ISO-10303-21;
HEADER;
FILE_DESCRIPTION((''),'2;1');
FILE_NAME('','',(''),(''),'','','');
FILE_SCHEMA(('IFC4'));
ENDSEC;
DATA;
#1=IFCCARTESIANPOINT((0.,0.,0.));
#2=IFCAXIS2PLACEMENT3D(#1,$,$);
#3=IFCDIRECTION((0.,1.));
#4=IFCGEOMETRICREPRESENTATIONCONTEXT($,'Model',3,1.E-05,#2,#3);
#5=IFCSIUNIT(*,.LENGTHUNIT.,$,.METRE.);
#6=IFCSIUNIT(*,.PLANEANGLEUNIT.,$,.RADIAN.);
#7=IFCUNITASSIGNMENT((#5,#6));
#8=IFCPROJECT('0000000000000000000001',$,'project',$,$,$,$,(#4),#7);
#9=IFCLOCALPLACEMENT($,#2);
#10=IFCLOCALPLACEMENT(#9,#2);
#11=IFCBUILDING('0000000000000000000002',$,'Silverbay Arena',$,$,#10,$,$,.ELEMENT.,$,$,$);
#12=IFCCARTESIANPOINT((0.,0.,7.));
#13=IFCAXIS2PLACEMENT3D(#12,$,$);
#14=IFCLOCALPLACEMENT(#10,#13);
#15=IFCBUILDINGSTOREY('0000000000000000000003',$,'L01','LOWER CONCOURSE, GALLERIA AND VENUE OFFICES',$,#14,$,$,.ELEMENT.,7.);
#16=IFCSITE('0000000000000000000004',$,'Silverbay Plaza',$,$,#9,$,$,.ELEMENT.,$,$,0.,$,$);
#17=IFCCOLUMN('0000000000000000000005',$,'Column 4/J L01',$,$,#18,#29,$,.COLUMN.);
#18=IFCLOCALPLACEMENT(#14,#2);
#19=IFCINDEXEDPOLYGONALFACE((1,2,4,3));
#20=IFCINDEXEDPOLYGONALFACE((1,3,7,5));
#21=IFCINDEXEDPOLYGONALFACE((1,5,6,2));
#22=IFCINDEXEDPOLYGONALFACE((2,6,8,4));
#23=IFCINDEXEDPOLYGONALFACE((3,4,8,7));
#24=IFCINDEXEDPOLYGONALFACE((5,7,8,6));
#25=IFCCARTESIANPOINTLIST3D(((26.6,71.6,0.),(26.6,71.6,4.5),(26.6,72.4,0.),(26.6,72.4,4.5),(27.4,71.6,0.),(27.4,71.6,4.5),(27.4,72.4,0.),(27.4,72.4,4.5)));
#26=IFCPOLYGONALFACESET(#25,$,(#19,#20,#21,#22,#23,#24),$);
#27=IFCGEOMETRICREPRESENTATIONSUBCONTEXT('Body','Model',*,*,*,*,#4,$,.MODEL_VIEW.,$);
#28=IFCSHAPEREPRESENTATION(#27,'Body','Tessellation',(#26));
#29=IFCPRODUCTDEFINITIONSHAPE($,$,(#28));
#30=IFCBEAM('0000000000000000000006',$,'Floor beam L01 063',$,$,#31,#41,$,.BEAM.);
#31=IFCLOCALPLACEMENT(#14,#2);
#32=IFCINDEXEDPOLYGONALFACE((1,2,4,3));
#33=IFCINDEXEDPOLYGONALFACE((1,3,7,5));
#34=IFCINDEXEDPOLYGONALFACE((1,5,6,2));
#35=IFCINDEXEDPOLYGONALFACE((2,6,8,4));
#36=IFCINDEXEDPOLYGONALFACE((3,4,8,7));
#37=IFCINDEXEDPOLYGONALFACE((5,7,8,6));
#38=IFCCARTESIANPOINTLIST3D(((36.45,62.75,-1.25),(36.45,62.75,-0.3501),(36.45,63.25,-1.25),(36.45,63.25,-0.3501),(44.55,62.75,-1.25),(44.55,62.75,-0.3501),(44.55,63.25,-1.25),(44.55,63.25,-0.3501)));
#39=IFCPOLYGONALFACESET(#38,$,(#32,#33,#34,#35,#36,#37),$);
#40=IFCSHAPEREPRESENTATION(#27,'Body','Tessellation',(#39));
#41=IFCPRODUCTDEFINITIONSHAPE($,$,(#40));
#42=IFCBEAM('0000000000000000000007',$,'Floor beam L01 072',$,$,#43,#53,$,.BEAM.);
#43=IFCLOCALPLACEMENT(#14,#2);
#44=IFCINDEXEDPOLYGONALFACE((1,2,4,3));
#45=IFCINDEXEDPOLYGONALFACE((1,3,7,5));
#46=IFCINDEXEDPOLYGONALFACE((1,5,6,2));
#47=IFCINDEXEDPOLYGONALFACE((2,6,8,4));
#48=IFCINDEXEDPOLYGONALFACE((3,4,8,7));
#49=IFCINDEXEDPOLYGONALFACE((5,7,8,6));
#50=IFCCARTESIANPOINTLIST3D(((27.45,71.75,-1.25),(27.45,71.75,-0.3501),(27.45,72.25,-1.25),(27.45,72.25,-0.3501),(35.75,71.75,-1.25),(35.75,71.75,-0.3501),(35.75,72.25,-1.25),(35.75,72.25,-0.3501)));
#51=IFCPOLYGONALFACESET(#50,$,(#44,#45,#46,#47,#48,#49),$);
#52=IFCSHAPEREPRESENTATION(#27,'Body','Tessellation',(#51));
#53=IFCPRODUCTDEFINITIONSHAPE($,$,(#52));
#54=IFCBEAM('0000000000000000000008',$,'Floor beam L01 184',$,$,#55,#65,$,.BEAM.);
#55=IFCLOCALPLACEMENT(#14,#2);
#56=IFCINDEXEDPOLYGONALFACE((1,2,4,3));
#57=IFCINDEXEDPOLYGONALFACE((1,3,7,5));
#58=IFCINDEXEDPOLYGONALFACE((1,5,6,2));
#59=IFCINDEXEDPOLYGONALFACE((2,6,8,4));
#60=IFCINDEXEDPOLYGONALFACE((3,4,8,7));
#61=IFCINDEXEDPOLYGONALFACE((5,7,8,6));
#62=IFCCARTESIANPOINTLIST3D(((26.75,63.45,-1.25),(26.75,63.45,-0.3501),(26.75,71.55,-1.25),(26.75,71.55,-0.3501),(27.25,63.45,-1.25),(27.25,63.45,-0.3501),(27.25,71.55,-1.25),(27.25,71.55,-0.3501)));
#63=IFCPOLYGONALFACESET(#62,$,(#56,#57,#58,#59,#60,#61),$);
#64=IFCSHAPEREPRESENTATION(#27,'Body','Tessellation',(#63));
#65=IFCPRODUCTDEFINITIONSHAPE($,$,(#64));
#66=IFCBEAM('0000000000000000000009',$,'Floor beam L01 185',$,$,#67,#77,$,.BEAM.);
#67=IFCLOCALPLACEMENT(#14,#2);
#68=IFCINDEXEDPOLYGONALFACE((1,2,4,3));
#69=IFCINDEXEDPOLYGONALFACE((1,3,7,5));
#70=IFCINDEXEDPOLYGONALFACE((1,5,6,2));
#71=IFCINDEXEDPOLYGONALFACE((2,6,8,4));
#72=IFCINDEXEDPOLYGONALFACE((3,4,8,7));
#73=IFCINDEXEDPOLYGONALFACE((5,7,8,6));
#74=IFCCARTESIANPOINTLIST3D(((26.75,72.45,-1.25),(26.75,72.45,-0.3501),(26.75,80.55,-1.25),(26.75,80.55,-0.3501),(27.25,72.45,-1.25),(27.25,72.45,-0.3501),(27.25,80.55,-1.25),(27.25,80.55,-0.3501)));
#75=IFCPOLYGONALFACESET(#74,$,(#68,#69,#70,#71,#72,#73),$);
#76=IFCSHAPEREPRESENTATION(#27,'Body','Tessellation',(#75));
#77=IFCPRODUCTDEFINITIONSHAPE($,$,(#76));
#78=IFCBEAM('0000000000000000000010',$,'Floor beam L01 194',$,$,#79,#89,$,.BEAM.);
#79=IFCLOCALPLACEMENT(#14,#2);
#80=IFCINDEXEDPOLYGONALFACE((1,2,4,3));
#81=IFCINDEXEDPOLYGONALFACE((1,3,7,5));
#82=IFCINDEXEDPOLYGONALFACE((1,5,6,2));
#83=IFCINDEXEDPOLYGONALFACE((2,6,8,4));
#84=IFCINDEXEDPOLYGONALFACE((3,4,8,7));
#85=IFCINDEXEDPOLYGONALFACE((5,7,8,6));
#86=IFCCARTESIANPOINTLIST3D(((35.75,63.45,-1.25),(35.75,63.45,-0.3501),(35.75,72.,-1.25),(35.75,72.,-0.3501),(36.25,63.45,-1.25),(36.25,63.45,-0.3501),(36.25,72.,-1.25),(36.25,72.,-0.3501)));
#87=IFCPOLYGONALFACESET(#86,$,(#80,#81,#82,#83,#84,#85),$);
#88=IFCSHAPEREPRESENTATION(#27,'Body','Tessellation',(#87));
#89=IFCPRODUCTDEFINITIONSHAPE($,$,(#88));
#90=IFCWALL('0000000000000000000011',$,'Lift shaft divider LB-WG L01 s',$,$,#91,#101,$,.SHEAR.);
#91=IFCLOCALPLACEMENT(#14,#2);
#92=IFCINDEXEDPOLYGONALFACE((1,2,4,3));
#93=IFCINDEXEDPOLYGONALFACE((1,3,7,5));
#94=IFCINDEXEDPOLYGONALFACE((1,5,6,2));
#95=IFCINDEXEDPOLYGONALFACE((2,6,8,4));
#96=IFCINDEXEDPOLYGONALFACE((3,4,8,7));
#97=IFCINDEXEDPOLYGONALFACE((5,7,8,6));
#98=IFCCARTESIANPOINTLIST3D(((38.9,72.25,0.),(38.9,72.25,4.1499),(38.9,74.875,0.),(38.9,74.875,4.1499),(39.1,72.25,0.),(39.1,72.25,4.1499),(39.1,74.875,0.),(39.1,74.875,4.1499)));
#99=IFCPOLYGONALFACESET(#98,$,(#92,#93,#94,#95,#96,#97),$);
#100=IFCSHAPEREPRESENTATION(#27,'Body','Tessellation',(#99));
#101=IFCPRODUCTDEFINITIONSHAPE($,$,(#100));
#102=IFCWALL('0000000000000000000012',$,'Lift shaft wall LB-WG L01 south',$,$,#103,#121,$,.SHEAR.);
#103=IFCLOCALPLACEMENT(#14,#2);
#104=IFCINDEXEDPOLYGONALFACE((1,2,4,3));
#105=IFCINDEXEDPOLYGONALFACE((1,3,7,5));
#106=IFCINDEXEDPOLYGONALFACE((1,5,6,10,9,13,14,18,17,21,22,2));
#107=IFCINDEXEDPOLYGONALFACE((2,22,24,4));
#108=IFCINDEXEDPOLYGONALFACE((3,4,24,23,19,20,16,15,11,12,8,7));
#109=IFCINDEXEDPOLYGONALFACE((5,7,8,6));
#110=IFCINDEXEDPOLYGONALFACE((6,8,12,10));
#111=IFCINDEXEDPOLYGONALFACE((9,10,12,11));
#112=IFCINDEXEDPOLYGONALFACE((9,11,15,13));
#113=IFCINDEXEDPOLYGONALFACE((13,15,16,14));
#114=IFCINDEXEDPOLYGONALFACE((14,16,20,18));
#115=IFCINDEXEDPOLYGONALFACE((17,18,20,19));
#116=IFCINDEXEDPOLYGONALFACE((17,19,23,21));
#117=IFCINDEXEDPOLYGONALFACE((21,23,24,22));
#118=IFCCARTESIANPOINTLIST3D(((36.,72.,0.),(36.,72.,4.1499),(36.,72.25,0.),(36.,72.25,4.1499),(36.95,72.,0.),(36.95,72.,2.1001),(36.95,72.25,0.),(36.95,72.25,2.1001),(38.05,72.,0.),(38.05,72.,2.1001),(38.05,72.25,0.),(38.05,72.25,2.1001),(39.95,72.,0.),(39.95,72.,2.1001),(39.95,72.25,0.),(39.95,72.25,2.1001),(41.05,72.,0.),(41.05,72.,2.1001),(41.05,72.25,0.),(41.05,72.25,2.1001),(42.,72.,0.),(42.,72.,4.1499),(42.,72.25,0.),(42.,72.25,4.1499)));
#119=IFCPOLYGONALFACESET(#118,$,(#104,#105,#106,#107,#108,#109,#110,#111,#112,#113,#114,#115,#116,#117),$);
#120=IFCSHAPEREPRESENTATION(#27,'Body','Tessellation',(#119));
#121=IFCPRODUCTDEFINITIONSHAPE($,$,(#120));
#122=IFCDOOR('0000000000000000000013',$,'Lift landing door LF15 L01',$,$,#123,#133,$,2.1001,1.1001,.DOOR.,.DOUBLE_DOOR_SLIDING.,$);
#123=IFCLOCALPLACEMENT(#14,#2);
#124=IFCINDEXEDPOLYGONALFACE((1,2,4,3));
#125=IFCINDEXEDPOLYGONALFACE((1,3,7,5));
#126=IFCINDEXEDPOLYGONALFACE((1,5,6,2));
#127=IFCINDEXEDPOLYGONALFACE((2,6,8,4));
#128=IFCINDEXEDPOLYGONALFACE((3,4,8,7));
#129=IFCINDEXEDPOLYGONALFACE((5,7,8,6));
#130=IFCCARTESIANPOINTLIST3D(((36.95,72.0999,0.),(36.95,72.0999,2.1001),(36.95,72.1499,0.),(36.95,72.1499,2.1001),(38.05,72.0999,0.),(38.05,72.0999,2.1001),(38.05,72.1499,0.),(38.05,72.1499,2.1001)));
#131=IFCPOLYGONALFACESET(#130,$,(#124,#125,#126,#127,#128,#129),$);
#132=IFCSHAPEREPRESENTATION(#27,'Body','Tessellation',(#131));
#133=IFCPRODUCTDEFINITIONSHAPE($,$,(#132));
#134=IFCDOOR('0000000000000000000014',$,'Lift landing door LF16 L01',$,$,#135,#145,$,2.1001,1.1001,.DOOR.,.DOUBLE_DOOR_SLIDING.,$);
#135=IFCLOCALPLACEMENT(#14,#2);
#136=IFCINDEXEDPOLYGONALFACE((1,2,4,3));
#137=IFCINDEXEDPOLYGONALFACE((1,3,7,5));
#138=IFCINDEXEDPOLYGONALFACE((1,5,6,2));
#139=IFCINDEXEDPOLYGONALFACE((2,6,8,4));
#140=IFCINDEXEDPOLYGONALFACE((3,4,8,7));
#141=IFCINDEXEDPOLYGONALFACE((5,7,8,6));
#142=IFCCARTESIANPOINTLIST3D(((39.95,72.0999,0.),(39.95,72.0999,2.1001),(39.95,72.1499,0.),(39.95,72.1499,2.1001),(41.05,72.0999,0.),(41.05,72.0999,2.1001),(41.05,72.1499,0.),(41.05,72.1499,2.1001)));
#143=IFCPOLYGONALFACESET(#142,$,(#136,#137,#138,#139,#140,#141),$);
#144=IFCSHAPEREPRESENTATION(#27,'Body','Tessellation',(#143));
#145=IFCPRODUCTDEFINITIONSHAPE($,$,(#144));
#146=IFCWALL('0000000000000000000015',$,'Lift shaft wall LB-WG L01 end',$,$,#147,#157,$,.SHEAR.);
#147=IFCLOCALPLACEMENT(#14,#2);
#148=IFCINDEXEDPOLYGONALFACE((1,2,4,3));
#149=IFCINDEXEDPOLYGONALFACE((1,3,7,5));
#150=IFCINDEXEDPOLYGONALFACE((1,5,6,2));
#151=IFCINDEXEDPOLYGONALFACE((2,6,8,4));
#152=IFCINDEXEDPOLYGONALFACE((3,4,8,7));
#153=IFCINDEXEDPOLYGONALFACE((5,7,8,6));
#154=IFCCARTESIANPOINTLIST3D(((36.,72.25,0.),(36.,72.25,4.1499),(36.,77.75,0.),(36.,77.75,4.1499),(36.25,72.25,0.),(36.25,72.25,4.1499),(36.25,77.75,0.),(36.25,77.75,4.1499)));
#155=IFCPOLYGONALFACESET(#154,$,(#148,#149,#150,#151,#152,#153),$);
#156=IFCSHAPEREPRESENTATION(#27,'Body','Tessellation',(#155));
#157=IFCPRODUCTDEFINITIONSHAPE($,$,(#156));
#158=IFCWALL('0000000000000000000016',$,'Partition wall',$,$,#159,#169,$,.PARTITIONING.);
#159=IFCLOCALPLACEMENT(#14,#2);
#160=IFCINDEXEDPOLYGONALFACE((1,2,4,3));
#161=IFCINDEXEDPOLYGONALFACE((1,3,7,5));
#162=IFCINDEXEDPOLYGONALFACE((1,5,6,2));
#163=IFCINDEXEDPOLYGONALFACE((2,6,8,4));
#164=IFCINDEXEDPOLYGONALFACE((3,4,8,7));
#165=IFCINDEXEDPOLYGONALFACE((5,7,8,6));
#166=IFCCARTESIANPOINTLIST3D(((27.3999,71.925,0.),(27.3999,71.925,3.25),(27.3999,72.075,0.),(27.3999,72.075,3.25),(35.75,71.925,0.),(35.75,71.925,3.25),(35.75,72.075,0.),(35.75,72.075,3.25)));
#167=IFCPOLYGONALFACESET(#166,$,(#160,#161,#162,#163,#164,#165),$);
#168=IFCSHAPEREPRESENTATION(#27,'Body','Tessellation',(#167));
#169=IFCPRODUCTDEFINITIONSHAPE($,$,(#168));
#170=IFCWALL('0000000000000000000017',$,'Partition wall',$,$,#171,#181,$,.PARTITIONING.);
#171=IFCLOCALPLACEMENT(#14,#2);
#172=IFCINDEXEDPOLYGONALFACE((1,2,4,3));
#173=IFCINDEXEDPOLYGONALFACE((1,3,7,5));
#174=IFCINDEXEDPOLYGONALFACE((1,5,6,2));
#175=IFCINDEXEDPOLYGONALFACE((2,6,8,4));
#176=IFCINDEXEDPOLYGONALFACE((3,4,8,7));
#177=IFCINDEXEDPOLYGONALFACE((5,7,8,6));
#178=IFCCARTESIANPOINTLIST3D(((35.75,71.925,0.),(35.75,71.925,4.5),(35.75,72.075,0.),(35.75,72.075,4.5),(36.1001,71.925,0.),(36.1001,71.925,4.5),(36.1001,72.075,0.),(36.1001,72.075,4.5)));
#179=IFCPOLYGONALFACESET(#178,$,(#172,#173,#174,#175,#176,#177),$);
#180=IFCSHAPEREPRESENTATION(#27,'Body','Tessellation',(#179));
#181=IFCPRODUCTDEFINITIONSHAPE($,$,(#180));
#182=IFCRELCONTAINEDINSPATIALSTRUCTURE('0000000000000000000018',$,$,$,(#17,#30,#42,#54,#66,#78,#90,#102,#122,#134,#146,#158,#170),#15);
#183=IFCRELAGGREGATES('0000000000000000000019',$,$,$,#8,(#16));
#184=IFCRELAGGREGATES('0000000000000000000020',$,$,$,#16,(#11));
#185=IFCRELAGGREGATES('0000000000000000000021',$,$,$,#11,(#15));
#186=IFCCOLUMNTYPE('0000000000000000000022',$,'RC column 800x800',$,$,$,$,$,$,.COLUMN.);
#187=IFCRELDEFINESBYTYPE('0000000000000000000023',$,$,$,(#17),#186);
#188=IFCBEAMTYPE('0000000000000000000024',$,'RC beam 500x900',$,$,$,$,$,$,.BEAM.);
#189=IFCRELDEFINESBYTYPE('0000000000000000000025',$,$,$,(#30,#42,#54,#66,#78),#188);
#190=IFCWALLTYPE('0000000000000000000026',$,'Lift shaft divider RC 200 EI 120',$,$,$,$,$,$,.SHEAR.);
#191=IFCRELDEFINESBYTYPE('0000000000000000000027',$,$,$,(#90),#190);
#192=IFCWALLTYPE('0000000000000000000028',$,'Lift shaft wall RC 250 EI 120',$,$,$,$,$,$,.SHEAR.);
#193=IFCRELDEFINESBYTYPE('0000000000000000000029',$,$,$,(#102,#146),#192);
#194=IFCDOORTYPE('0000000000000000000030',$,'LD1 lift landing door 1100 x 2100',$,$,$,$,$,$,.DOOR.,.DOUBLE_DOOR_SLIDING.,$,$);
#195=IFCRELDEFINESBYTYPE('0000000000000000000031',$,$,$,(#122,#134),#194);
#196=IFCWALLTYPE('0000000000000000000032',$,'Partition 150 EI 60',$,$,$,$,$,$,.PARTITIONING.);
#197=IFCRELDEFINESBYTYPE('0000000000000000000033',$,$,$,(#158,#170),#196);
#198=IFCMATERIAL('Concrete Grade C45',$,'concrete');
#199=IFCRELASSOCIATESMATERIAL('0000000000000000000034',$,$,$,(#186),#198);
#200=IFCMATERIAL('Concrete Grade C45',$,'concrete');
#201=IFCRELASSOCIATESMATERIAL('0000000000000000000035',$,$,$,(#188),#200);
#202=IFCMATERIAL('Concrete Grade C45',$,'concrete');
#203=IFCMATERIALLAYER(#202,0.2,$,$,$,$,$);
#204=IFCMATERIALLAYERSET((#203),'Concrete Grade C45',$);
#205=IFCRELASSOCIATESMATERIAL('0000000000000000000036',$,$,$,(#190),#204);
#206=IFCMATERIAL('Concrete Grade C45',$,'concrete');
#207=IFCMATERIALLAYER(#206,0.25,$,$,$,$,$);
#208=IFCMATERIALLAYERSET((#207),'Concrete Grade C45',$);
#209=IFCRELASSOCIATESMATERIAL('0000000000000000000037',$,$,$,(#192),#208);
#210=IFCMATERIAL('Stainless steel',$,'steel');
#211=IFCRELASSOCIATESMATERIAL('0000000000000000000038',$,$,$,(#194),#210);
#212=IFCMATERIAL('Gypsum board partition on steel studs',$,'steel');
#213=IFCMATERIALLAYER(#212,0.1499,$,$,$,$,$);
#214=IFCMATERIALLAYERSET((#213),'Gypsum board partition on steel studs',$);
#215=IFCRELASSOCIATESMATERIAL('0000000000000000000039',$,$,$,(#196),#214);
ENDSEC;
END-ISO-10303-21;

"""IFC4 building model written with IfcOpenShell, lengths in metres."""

from ifc_helpers import new_model, si_unit, direction, frame, frame_2d, origin, origin_2d, place, context, subcontext, project, spatial, rectangle, extrude, material, layer, layer_set, material_profile, profile_set, type_object, element, fill, save


model = new_model("IFC4")

# Units and contexts
model_context = context("Model", 3, precision=1e-05, world=origin(), true_north=direction((0.0, 1.0)))
body_context = subcontext(model_context, "Body", "Model", "MODEL_VIEW")
ifc_project = project(units=[si_unit("LENGTHUNIT", "METRE"), si_unit("PLANEANGLEUNIT", "RADIAN")], contexts=[model_context])

# Site, building, storey
site_placement = place(None, origin())
site = spatial("IfcSite", under=ifc_project, at=site_placement, Name="Silverbay Plaza", CompositionType="ELEMENT", RefElevation=0.0)
building_placement = place(site_placement, origin())
building = spatial("IfcBuilding", under=site, at=building_placement, Name="Silverbay Arena", CompositionType="ELEMENT")
storey_placement = place(building_placement, frame((0.0, 0.0, 7.0)))
storey = spatial("IfcBuildingStorey", under=building, at=storey_placement, Name="L01", Description="LOWER CONCOURSE, GALLERIA AND VENUE OFFICES", CompositionType="ELEMENT", Elevation=7.0)

# Column
ifc_material_1 = material(Name="Concrete Grade C45", Category="concrete")
ifc_material_profile_1 = material_profile(ifc_material_1, rectangle(XDim=0.8, YDim=0.8, at=origin_2d()), Name="RC 800x800")
ifc_profile_set_1 = profile_set([ifc_material_profile_1], Name="Concrete Grade C45")
column_type = type_object("IfcColumnType", Name="RC column 800x800", PredefinedType="COLUMN", material=ifc_profile_set_1)
column_placement = place(storey_placement, frame((27.0, 72.0, 0.0), z_axis=(0.0, 0.0, 1.0), x_axis=(1.0, 0.0, 0.0)))
element("IfcColumn", 1, at=column_placement, inside=storey, type_object=column_type, Name="Column 4/J L01", PredefinedType="COLUMN", context=body_context, shape_type="SweptSolid", body=[
    extrude(rectangle(XDim=0.8, YDim=0.8, at=origin_2d()), origin(), (0.0, 0.0, 1.0), 4.5),
])

# Beams
ifc_material_2 = material(Name="Concrete Grade C45", Category="concrete")
ifc_material_profile_2 = material_profile(ifc_material_2, rectangle(XDim=0.5, YDim=0.8999, at=origin_2d()), Name="RC 500x900")
ifc_profile_set_2 = profile_set([ifc_material_profile_2], Name="Concrete Grade C45")
beam_type = type_object("IfcBeamType", Name="RC beam 500x900", PredefinedType="BEAM", material=ifc_profile_set_2)
beam_1_placement = place(storey_placement, frame((36.45, 63.0, -0.8), z_axis=(1.0, 0.0, 0.0), x_axis=(0.0, 1.0, 0.0)))
element("IfcBeam", 2, at=beam_1_placement, inside=storey, type_object=beam_type, Name="Floor beam L01 063", PredefinedType="BEAM", context=body_context, shape_type="SweptSolid", body=[
    extrude(rectangle(XDim=0.5, YDim=0.8999, at=origin_2d()), origin(), (0.0, 0.0, 1.0), 8.1001),
])
beam_2_placement = place(storey_placement, frame((27.45, 72.0, -0.8), z_axis=(1.0, 0.0, 0.0), x_axis=(0.0, 1.0, 0.0)))
element("IfcBeam", 3, at=beam_2_placement, inside=storey, type_object=beam_type, Name="Floor beam L01 072", PredefinedType="BEAM", context=body_context, shape_type="SweptSolid", body=[
    extrude(rectangle(XDim=0.5, YDim=0.8999, at=origin_2d()), origin(), (0.0, 0.0, 1.0), 8.3),
])
for number, where, z_axis, x_axis, name in (
    (4, (27.0, 63.45, -0.8), (0.0, 1.0, 0.0), (-1.0, 0.0, 0.0), "Floor beam L01 184"),
    (5, (27.0, 72.45, -0.8), (0.0, 1.0, 0.0), (-1.0, 0.0, 0.0), "Floor beam L01 185"),
):
    element("IfcBeam", number, at=place(storey_placement, frame(where, z_axis=z_axis, x_axis=x_axis)), inside=storey, type_object=beam_type, Name=name, PredefinedType="BEAM", context=body_context, shape_type="SweptSolid", body=[
        extrude(rectangle(XDim=0.5, YDim=0.8999, at=origin_2d()), origin(), (0.0, 0.0, 1.0), 8.1001),
    ])
beam_3_placement = place(storey_placement, frame((36.0, 63.45, -0.8), z_axis=(0.0, 1.0, 0.0), x_axis=(-1.0, 0.0, 0.0)))
element("IfcBeam", 6, at=beam_3_placement, inside=storey, type_object=beam_type, Name="Floor beam L01 194", PredefinedType="BEAM", context=body_context, shape_type="SweptSolid", body=[
    extrude(rectangle(XDim=0.5, YDim=0.8999, at=origin_2d()), origin(), (0.0, 0.0, 1.0), 8.55),
])

# Wall
ifc_material_3 = material(Name="Concrete Grade C45", Category="concrete")
ifc_layer_1 = layer(ifc_material_3, 0.2)
ifc_layer_set_1 = layer_set([ifc_layer_1], Name="Concrete Grade C45")
wall_type_1 = type_object("IfcWallType", Name="Lift shaft divider RC 200 EI 120", PredefinedType="SHEAR", material=ifc_layer_set_1)
wall_1_placement = place(storey_placement, frame((39.0, 72.25, 0.0), z_axis=(0.0, 0.0, 1.0), x_axis=(0.0, 1.0, 0.0)))
element("IfcWall", 7, at=wall_1_placement, inside=storey, type_object=wall_type_1, Name="Lift shaft divider LB-WG L01 s", PredefinedType="SHEAR", context=body_context, shape_type="SweptSolid", body=[
    extrude(rectangle(XDim=2.625, YDim=0.2, at=frame_2d((1.3125, 0.0))), origin(), (0.0, 0.0, 1.0), 4.1499),
])

# Wall, openings, doors
ifc_material_4 = material(Name="Concrete Grade C45", Category="concrete")
ifc_layer_2 = layer(ifc_material_4, 0.25)
ifc_layer_set_2 = layer_set([ifc_layer_2], Name="Concrete Grade C45")
wall_type_2 = type_object("IfcWallType", Name="Lift shaft wall RC 250 EI 120", PredefinedType="SHEAR", material=ifc_layer_set_2)
wall_2_placement = place(storey_placement, frame((36.0, 72.125, 0.0), z_axis=(0.0, 0.0, 1.0), x_axis=(1.0, 0.0, 0.0)))
wall_2 = element("IfcWall", 8, at=wall_2_placement, inside=storey, type_object=wall_type_2, Name="Lift shaft wall LB-WG L01 south", PredefinedType="SHEAR", context=body_context, shape_type="SweptSolid", body=[
    extrude(rectangle(XDim=6.0, YDim=0.25, at=frame_2d((3.0, 0.0))), origin(), (0.0, 0.0, 1.0), 4.1499),
])
opening_1_placement = place(wall_2_placement, frame((0.95, 0.0, 0.0)))
opening_1 = element("IfcOpeningElement", 9, at=opening_1_placement, cuts=wall_2, PredefinedType="OPENING", context=body_context, shape_type="SweptSolid", body=[
    extrude(rectangle(XDim=1.1001, YDim=2.1001, at=frame_2d((0.55, 1.05))), frame((0.0, 0.135, 0.0), z_axis=(0.0, -1.0, 0.0), x_axis=(1.0, 0.0, 0.0)), (0.0, 0.0, 1.0), 0.27),
])
opening_2_placement = place(wall_2_placement, frame((3.95, 0.0, 0.0)))
opening_2 = element("IfcOpeningElement", 10, at=opening_2_placement, cuts=wall_2, PredefinedType="OPENING", context=body_context, shape_type="SweptSolid", body=[
    extrude(rectangle(XDim=1.1001, YDim=2.1001, at=frame_2d((0.55, 1.05))), frame((0.0, 0.135, 0.0), z_axis=(0.0, -1.0, 0.0), x_axis=(1.0, 0.0, 0.0)), (0.0, 0.0, 1.0), 0.27),
])
ifc_material_5 = material(Name="Stainless steel", Category="steel")
door_type_1 = type_object("IfcDoorType", Name="LD1 lift landing door 1100 x 2100", OperationType="DOUBLE_DOOR_SLIDING", PredefinedType="DOOR", material=ifc_material_5)
door_1_placement = place(opening_1_placement, origin())
door_1 = element("IfcDoor", 11, at=door_1_placement, inside=storey, type_object=door_type_1, Name="Lift landing door LF15 L01", OperationType="DOUBLE_DOOR_SLIDING", OverallHeight=2.1001, OverallWidth=1.1001, PredefinedType="DOOR", context=body_context, shape_type="SweptSolid", body=[
    extrude(rectangle(XDim=1.1001, YDim=2.1001, at=frame_2d((0.55, 1.05))), frame((0.0, 0.0249, 0.0), z_axis=(0.0, -1.0, 0.0), x_axis=(1.0, 0.0, 0.0)), (0.0, 0.0, 1.0), 0.05),
])
fill(opening_1, door_1)
door_2_placement = place(opening_2_placement, origin())
door_2 = element("IfcDoor", 12, at=door_2_placement, inside=storey, type_object=door_type_1, Name="Lift landing door LF16 L01", OperationType="DOUBLE_DOOR_SLIDING", OverallHeight=2.1001, OverallWidth=1.1001, PredefinedType="DOOR", context=body_context, shape_type="SweptSolid", body=[
    extrude(rectangle(XDim=1.1001, YDim=2.1001, at=frame_2d((0.55, 1.05))), frame((0.0, 0.0249, 0.0), z_axis=(0.0, -1.0, 0.0), x_axis=(1.0, 0.0, 0.0)), (0.0, 0.0, 1.0), 0.05),
])
fill(opening_2, door_2)

# Walls
wall_3_placement = place(storey_placement, frame((36.125, 72.25, 0.0), z_axis=(0.0, 0.0, 1.0), x_axis=(0.0, 1.0, 0.0)))
element("IfcWall", 13, at=wall_3_placement, inside=storey, type_object=wall_type_2, Name="Lift shaft wall LB-WG L01 end", PredefinedType="SHEAR", context=body_context, shape_type="SweptSolid", body=[
    extrude(rectangle(XDim=5.5, YDim=0.25, at=frame_2d((2.75, 0.0))), origin(), (0.0, 0.0, 1.0), 4.1499),
])
ifc_material_6 = material(Name="Gypsum board partition on steel studs", Category="steel")
ifc_layer_3 = layer(ifc_material_6, 0.1499)
ifc_layer_set_3 = layer_set([ifc_layer_3], Name="Gypsum board partition on steel studs")
wall_type_3 = type_object("IfcWallType", Name="Partition 150 EI 60", PredefinedType="PARTITIONING", material=ifc_layer_set_3)
wall_4_placement = place(storey_placement, frame((27.3999, 72.0, 0.0), z_axis=(0.0, 0.0, 1.0), x_axis=(1.0, 0.0, 0.0)))
element("IfcWall", 14, at=wall_4_placement, inside=storey, type_object=wall_type_3, Name="Partition wall", PredefinedType="PARTITIONING", context=body_context, shape_type="SweptSolid", body=[
    extrude(rectangle(XDim=8.3501, YDim=0.1499, at=frame_2d((4.175, 0.0))), origin(), (0.0, 0.0, 1.0), 3.25),
])
wall_5_placement = place(storey_placement, frame((35.75, 72.0, 0.0), z_axis=(0.0, 0.0, 1.0), x_axis=(1.0, 0.0, 0.0)))
element("IfcWall", 15, at=wall_5_placement, inside=storey, type_object=wall_type_3, Name="Partition wall", PredefinedType="PARTITIONING", context=body_context, shape_type="SweptSolid", body=[
    extrude(rectangle(XDim=0.3501, YDim=0.1499, at=frame_2d((0.175, 0.0))), origin(), (0.0, 0.0, 1.0), 4.5),
])

save(model, "model.ifc")
